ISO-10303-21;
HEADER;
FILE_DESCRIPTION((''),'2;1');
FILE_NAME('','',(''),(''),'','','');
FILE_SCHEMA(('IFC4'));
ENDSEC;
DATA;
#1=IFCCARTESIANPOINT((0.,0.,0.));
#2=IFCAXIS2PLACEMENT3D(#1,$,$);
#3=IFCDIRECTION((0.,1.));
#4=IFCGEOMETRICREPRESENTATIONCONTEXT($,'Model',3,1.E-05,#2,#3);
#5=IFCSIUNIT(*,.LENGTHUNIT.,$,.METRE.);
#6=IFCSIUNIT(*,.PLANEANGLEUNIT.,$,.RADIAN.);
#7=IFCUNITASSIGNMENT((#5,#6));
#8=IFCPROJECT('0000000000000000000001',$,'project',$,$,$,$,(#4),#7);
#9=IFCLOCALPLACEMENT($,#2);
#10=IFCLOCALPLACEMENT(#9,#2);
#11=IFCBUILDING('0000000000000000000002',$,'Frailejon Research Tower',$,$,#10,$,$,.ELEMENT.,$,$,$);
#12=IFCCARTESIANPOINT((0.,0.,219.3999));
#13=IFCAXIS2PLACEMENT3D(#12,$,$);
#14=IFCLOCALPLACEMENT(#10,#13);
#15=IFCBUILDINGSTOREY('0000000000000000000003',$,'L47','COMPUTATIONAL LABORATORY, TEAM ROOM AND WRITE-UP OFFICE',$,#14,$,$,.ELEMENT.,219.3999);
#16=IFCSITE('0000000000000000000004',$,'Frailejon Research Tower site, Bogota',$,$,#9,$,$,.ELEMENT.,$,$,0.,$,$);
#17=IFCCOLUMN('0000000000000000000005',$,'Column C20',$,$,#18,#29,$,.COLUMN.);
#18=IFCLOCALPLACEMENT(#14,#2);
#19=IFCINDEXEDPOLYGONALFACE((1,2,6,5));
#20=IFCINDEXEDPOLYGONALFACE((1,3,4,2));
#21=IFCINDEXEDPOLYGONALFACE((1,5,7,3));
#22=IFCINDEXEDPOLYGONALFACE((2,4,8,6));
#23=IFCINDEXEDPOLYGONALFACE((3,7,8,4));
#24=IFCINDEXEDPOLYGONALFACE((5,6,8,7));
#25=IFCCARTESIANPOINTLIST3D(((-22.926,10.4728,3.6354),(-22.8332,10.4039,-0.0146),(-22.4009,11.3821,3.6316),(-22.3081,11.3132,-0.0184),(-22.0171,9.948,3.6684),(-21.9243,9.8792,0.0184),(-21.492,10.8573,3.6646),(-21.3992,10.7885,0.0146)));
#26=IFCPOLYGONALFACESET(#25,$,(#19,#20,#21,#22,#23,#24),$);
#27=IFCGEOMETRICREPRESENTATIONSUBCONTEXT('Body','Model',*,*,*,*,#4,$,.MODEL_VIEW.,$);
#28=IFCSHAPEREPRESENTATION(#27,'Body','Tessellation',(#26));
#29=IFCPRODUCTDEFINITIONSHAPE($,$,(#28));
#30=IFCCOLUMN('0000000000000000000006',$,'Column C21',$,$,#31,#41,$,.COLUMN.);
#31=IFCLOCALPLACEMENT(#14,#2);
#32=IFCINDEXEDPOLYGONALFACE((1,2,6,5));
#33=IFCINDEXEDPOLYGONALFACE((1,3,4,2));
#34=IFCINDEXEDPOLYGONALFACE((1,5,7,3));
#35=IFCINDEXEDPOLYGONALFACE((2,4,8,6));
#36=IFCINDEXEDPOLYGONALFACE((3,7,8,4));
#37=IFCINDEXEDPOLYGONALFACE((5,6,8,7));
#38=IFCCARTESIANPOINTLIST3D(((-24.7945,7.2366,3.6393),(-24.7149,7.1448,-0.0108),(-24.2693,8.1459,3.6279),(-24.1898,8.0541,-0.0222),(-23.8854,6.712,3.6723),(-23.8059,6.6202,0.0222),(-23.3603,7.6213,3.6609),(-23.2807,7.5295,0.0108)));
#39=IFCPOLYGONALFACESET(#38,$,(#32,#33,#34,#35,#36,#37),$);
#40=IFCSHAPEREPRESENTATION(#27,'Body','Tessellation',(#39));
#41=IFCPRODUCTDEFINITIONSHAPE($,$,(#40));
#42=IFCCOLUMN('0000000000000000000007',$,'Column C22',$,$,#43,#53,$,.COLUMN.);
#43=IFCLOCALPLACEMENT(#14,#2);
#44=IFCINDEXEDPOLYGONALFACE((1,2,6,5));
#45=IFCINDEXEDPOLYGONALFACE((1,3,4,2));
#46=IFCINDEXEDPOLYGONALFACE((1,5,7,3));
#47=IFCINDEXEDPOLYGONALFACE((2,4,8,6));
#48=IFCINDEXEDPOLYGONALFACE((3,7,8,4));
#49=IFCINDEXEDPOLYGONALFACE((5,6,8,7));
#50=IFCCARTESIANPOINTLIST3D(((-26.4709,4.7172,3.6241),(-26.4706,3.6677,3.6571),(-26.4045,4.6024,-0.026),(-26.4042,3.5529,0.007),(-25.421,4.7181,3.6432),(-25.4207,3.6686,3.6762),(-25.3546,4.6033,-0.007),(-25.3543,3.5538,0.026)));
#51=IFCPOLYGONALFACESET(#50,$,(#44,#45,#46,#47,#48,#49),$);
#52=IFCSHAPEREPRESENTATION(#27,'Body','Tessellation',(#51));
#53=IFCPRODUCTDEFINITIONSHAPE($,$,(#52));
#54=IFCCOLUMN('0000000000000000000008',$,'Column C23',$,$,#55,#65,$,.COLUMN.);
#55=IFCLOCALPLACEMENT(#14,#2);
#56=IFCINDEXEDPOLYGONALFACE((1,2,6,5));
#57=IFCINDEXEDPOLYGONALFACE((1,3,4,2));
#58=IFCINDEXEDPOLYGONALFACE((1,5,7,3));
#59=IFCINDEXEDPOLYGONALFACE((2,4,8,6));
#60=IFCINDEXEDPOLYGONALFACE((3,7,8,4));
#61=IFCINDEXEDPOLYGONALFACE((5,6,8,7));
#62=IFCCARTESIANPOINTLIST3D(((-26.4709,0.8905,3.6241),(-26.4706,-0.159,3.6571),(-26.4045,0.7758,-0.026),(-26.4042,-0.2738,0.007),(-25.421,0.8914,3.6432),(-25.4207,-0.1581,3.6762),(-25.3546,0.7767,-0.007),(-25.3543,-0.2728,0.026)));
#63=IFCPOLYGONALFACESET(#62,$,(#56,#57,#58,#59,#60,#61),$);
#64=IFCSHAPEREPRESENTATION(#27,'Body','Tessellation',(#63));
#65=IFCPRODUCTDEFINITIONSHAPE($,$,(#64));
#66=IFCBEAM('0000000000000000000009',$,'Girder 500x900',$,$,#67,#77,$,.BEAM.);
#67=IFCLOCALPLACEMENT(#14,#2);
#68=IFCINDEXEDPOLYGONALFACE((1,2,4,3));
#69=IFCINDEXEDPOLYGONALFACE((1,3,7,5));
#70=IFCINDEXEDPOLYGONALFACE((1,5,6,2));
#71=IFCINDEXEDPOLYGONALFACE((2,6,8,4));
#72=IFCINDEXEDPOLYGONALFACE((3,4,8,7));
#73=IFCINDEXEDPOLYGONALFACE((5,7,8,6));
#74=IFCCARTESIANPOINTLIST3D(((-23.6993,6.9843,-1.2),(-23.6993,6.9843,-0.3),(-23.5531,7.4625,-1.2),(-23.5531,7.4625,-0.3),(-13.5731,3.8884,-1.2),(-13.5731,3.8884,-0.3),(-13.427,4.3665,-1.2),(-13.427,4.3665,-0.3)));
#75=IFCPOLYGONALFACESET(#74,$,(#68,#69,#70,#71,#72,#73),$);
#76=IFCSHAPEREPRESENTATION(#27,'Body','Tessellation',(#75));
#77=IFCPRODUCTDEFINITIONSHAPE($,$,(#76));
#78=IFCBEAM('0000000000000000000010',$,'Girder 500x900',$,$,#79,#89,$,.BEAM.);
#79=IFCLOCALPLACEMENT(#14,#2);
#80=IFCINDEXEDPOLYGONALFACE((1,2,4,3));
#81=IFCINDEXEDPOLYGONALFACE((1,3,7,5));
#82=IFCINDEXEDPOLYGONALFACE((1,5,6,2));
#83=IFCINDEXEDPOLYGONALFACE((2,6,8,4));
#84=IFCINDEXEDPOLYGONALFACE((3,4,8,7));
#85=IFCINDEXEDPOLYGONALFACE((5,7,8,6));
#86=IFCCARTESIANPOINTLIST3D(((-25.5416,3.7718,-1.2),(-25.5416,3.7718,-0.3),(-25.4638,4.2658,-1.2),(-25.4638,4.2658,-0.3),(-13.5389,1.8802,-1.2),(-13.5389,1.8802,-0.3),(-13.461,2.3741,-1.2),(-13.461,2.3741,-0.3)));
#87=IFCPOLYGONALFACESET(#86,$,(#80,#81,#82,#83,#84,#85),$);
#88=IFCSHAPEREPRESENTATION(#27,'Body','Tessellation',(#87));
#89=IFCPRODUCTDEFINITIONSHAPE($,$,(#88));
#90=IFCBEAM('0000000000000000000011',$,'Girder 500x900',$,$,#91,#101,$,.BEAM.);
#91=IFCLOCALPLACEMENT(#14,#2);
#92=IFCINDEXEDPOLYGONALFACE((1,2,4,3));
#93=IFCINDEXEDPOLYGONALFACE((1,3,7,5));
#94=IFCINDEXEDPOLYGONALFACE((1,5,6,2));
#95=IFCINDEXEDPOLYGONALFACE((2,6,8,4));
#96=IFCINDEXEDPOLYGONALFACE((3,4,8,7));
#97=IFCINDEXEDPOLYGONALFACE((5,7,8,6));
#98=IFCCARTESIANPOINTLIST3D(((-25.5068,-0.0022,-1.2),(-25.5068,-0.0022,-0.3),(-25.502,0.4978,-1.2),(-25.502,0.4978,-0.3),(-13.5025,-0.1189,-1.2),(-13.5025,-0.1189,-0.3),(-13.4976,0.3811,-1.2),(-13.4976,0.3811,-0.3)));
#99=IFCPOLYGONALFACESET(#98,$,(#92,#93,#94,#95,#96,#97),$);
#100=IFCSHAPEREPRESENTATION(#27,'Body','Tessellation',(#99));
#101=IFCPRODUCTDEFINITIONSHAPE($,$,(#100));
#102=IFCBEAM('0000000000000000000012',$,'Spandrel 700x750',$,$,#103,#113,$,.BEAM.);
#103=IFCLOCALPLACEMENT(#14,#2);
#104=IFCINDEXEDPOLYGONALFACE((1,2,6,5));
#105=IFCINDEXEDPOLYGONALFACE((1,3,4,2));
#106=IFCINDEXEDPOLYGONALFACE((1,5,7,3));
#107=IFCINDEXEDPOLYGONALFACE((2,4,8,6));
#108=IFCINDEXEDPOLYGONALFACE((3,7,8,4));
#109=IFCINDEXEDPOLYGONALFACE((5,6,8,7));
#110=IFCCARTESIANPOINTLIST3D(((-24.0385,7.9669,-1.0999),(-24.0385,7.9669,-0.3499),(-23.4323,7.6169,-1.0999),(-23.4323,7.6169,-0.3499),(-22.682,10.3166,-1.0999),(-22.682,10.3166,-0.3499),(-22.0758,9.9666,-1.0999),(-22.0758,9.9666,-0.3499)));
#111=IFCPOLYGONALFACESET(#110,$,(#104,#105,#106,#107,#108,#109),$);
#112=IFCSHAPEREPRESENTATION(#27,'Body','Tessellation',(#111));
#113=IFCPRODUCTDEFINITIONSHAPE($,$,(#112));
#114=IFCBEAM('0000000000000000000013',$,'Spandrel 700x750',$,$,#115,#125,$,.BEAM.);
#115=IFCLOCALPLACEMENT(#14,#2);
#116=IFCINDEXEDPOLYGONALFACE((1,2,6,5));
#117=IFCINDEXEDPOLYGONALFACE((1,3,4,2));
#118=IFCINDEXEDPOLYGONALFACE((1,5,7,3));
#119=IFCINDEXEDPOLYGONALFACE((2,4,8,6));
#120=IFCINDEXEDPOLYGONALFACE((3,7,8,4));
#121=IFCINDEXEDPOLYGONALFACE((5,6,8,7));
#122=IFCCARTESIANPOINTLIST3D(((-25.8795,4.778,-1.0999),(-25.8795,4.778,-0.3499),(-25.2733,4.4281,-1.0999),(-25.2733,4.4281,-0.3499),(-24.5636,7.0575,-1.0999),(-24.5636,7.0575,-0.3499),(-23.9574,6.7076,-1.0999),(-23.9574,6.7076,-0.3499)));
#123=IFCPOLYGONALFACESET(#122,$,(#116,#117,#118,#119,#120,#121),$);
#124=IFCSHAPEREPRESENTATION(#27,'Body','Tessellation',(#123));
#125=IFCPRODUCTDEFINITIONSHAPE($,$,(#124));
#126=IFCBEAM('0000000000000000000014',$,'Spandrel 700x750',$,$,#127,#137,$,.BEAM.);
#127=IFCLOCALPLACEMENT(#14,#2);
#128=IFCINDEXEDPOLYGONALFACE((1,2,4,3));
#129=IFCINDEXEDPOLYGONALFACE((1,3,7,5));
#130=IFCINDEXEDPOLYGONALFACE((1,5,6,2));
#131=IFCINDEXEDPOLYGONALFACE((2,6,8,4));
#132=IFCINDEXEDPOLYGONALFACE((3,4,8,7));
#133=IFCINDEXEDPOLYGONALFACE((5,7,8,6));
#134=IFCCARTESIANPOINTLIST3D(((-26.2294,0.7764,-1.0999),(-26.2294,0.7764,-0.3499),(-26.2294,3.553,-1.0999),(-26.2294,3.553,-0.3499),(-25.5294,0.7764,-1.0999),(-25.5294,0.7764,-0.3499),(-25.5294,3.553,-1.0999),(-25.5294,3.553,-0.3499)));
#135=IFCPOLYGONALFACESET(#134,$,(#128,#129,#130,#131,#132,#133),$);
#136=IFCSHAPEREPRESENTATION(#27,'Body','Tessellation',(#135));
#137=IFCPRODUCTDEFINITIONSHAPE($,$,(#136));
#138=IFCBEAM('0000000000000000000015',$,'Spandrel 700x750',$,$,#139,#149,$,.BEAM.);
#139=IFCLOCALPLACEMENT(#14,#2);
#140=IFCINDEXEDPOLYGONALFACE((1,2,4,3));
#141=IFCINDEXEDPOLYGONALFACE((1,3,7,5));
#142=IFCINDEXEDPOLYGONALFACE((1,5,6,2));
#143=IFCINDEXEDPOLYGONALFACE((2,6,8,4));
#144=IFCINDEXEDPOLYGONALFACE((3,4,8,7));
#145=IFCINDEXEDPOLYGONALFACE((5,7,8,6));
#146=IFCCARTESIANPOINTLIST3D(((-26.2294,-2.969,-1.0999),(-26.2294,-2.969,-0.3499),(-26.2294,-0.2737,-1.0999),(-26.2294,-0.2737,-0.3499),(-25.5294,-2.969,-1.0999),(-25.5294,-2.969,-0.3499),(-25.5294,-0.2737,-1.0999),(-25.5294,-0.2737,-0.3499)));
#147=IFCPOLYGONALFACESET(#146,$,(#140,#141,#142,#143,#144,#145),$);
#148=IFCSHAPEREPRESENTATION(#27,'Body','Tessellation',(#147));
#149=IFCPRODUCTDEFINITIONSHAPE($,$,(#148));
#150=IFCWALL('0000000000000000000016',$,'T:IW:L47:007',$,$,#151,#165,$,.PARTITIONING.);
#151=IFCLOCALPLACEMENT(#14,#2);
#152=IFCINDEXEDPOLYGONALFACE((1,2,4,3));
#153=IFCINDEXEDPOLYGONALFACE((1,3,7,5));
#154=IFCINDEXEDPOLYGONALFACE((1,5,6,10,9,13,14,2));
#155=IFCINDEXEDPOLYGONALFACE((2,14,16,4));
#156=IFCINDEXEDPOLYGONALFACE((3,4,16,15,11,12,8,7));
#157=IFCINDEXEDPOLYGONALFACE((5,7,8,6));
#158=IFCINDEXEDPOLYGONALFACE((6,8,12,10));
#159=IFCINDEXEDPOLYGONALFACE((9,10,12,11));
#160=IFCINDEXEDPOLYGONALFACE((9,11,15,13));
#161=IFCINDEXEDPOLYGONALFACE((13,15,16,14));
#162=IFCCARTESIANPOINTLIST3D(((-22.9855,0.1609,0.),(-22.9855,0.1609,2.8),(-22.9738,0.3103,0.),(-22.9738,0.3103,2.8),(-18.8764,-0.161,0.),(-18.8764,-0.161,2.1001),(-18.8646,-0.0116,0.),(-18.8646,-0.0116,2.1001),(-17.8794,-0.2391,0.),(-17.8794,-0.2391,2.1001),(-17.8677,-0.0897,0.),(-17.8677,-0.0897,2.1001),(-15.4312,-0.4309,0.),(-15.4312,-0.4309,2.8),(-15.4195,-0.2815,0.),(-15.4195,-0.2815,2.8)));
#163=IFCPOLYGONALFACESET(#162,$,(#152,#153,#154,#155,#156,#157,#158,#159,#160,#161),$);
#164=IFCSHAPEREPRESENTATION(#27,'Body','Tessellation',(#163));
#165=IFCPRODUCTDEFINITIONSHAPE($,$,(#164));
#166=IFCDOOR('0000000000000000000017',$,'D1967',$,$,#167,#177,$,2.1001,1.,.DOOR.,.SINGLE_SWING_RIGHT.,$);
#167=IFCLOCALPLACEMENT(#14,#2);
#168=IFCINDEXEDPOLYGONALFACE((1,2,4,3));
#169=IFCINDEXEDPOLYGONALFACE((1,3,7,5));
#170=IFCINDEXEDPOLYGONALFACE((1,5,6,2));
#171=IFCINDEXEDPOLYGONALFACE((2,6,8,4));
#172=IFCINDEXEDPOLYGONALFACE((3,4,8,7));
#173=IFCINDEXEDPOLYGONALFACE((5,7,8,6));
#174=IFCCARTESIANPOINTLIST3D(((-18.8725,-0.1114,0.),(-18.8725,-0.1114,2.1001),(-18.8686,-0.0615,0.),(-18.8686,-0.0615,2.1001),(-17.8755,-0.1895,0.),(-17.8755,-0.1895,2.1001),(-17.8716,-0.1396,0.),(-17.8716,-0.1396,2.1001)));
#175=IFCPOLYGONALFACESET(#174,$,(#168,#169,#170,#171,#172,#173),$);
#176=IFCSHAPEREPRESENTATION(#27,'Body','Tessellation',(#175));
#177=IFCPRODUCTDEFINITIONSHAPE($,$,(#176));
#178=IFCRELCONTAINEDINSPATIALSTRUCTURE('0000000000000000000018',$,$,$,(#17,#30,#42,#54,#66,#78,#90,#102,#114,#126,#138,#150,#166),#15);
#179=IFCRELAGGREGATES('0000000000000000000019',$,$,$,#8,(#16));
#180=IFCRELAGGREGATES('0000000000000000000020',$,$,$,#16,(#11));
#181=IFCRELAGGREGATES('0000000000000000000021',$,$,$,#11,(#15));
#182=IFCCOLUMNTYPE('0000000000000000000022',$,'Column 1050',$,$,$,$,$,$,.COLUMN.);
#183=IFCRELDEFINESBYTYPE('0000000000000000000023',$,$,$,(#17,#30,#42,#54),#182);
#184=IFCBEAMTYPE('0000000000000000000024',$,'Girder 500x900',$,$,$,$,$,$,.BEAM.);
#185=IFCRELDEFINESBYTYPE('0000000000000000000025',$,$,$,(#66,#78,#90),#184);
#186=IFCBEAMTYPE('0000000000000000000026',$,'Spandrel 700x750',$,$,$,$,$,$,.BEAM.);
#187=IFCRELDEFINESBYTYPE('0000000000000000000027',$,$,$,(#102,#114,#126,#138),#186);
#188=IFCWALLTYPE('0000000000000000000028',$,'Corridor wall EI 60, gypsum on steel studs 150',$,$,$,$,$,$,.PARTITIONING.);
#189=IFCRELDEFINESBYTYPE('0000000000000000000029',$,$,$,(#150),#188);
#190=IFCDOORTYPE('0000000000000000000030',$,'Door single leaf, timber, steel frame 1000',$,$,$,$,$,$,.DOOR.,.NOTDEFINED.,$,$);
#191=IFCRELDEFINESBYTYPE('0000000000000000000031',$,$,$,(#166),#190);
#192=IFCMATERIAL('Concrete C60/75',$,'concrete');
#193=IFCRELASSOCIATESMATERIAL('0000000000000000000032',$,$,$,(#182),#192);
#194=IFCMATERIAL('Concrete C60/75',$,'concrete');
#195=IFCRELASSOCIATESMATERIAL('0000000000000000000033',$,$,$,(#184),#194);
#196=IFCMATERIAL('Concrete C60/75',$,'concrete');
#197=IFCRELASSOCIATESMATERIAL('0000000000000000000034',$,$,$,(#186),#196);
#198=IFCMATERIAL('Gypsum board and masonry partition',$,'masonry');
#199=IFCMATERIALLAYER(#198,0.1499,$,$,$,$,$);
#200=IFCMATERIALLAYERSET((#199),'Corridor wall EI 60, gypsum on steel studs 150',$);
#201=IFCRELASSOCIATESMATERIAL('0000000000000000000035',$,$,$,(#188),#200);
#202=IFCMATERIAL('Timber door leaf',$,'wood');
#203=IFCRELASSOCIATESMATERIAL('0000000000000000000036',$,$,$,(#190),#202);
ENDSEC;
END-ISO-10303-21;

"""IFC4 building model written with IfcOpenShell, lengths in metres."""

from ifc_helpers import new_model, si_unit, direction, frame, frame_2d, origin, origin_2d, place, context, subcontext, project, spatial, rectangle, extrude, material, layer, layer_set, material_profile, profile_set, type_object, element, fill, save


model = new_model("IFC4")

# Units and contexts
model_context = context("Model", 3, precision=1e-05, world=origin(), true_north=direction((0.0, 1.0)))
body_context = subcontext(model_context, "Body", "Model", "MODEL_VIEW")
ifc_project = project(units=[si_unit("LENGTHUNIT", "METRE"), si_unit("PLANEANGLEUNIT", "RADIAN")], contexts=[model_context])

# Site, building, storey
site_placement = place(None, origin())
site = spatial("IfcSite", under=ifc_project, at=site_placement, Name="Frailejon Research Tower site, Bogota", CompositionType="ELEMENT", RefElevation=0.0)
building_placement = place(site_placement, origin())
building = spatial("IfcBuilding", under=site, at=building_placement, Name="Frailejon Research Tower", CompositionType="ELEMENT")
storey_placement = place(building_placement, frame((0.0, 0.0, 219.3999)))
storey = spatial("IfcBuildingStorey", under=building, at=storey_placement, Name="L47", Description="COMPUTATIONAL LABORATORY, TEAM ROOM AND WRITE-UP OFFICE", CompositionType="ELEMENT", Elevation=219.3999)

# Columns
ifc_material_1 = material(Name="Concrete C60/75", Category="concrete")
ifc_material_profile_1 = material_profile(ifc_material_1, rectangle(XDim=1.05, YDim=1.05, at=origin_2d()), Name="Column 1050")
ifc_profile_set_1 = profile_set([ifc_material_profile_1], Name="Concrete C60/75")
column_type = type_object("IfcColumnType", Name="Column 1050", PredefinedType="COLUMN", material=ifc_profile_set_1)
column_1_placement = place(storey_placement, frame((-22.1162, 10.5962, 0.0), z_axis=(-0.025404, 0.018852, 0.9995), x_axis=(-0.500084, -0.865969, 0.003623)))
element("IfcColumn", 1, at=column_1_placement, inside=storey, type_object=column_type, Name="Column C20", PredefinedType="COLUMN", context=body_context, shape_type="SweptSolid", body=[
    extrude(rectangle(XDim=1.05, YDim=1.05, at=origin_2d()), origin(), (0.0, 0.0, 1.0), 3.6519),
])
column_2_placement = place(storey_placement, frame((-23.9978, 7.3372, 0.0), z_axis=(-0.021792, 0.025135, 0.999447), x_axis=(-0.500092, -0.865904, 0.010872)))
element("IfcColumn", 2, at=column_2_placement, inside=storey, type_object=column_type, Name="Column C21", PredefinedType="COLUMN", context=body_context, shape_type="SweptSolid", body=[
    extrude(rectangle(XDim=1.05, YDim=1.05, at=origin_2d()), origin(), (0.0, 0.0, 1.0), 3.6521),
])
for number, where, z_axis, x_axis, name in (
    (3, (-25.8794, 4.0781, 0.0), (-0.018181, 0.031415, 0.999341), (0.000297, -0.999506, 0.031426), "Column C22"),
    (4, (-25.8794, 0.2515, 0.0), (-0.018181, 0.031415, 0.999341), (0.000297, -0.999506, 0.031426), "Column C23"),
):
    element("IfcColumn", number, at=place(storey_placement, frame(where, z_axis=z_axis, x_axis=x_axis)), inside=storey, type_object=column_type, Name=name, PredefinedType="COLUMN", context=body_context, shape_type="SweptSolid", body=[
        extrude(rectangle(XDim=1.05, YDim=1.05, at=origin_2d()), origin(), (0.0, 0.0, 1.0), 3.6526),
    ])

# Beams
ifc_material_2 = material(Name="Concrete C60/75", Category="concrete")
ifc_material_profile_2 = material_profile(ifc_material_2, rectangle(XDim=0.5, YDim=0.8999, at=origin_2d()), Name="Girder 500x900")
ifc_profile_set_2 = profile_set([ifc_material_profile_2], Name="Concrete C60/75")
beam_type_1 = type_object("IfcBeamType", Name="Girder 500x900", PredefinedType="BEAM", material=ifc_profile_set_2)
beam_1_placement = place(storey_placement, frame((-23.6262, 7.2234, -0.75), z_axis=(0.956303, -0.292376, 0.0), x_axis=(0.292376, 0.956303, 0.0)))
element("IfcBeam", 5, at=beam_1_placement, inside=storey, type_object=beam_type_1, Name="Girder 500x900", PredefinedType="BEAM", context=body_context, shape_type="SweptSolid", body=[
    extrude(rectangle(XDim=0.5, YDim=0.8999, at=origin_2d()), origin(), (0.0, 0.0, 1.0), 10.5889),
])
beam_2_placement = place(storey_placement, frame((-25.5027, 4.0188, -0.75), z_axis=(0.987808, -0.155677, 0.0), x_axis=(0.155677, 0.987808, 0.0)))
element("IfcBeam", 6, at=beam_2_placement, inside=storey, type_object=beam_type_1, Name="Girder 500x900", PredefinedType="BEAM", context=body_context, shape_type="SweptSolid", body=[
    extrude(rectangle(XDim=0.5, YDim=0.8999, at=origin_2d()), origin(), (0.0, 0.0, 1.0), 12.1509),
])
beam_3_placement = place(storey_placement, frame((-25.5044, 0.2478, -0.75), z_axis=(0.999953, -0.009721, 0.0), x_axis=(0.009721, 0.999953, 0.0)))
element("IfcBeam", 7, at=beam_3_placement, inside=storey, type_object=beam_type_1, Name="Girder 500x900", PredefinedType="BEAM", context=body_context, shape_type="SweptSolid", body=[
    extrude(rectangle(XDim=0.5, YDim=0.8999, at=origin_2d()), origin(), (0.0, 0.0, 1.0), 12.0049),
])
ifc_material_3 = material(Name="Concrete C60/75", Category="concrete")
ifc_material_profile_3 = material_profile(ifc_material_3, rectangle(XDim=0.7, YDim=0.75, at=origin_2d()), Name="Spandrel 700x750")
ifc_profile_set_3 = profile_set([ifc_material_profile_3], Name="Concrete C60/75")
beam_type_2 = type_object("IfcBeamType", Name="Spandrel 700x750", PredefinedType="BEAM", material=ifc_profile_set_3)
beam_4_placement = place(storey_placement, frame((-22.3789, 10.1416, -0.7249), z_axis=(-0.499972, -0.866042, 0.0), x_axis=(0.866042, -0.499972, 0.0)))
element("IfcBeam", 8, at=beam_4_placement, inside=storey, type_object=beam_type_2, Name="Spandrel 700x750", PredefinedType="BEAM", context=body_context, shape_type="SweptSolid", body=[
    extrude(rectangle(XDim=0.7, YDim=0.75, at=origin_2d()), origin(), (0.0, 0.0, 1.0), 2.7131),
])
beam_5_placement = place(storey_placement, frame((-24.2605, 6.8826, -0.7249), z_axis=(-0.49995, -0.866054, 0.0), x_axis=(0.866054, -0.49995, 0.0)))
element("IfcBeam", 9, at=beam_5_placement, inside=storey, type_object=beam_type_2, Name="Spandrel 700x750", PredefinedType="BEAM", context=body_context, shape_type="SweptSolid", body=[
    extrude(rectangle(XDim=0.7, YDim=0.75, at=origin_2d()), origin(), (0.0, 0.0, 1.0), 2.6321),
])
beam_6_placement = place(storey_placement, frame((-25.8794, 3.553, -0.7249), z_axis=(0.0, -1.0, 0.0), x_axis=(1.0, 0.0, 0.0)))
element("IfcBeam", 10, at=beam_6_placement, inside=storey, type_object=beam_type_2, Name="Spandrel 700x750", PredefinedType="BEAM", context=body_context, shape_type="SweptSolid", body=[
    extrude(rectangle(XDim=0.7, YDim=0.75, at=origin_2d()), origin(), (0.0, 0.0, 1.0), 2.7766),
])
beam_7_placement = place(storey_placement, frame((-25.8794, -0.2737, -0.7249), z_axis=(0.0, -1.0, 0.0), x_axis=(1.0, 0.0, 0.0)))
element("IfcBeam", 11, at=beam_7_placement, inside=storey, type_object=beam_type_2, Name="Spandrel 700x750", PredefinedType="BEAM", context=body_context, shape_type="SweptSolid", body=[
    extrude(rectangle(XDim=0.7, YDim=0.75, at=origin_2d()), origin(), (0.0, 0.0, 1.0), 2.6953),
])

# Wall, opening, door
ifc_material_4 = material(Name="Gypsum board and masonry partition", Category="masonry")
ifc_layer_1 = layer(ifc_material_4, 0.1499)
ifc_layer_set_1 = layer_set([ifc_layer_1], Name="Corridor wall EI 60, gypsum on steel studs 150")
wall_type_1 = type_object("IfcWallType", Name="Corridor wall EI 60, gypsum on steel studs 150", PredefinedType="PARTITIONING", material=ifc_layer_set_1)
wall_1_placement = place(storey_placement, frame((-22.9795, 0.2356, 0.0), z_axis=(0.0, 0.0, 1.0), x_axis=(0.996945, -0.078101, 0.0)))
wall_1 = element("IfcWall", 12, at=wall_1_placement, inside=storey, type_object=wall_type_1, Name="T:IW:L47:007", PredefinedType="PARTITIONING", context=body_context, shape_type="SweptSolid", body=[
    extrude(rectangle(XDim=7.5774, YDim=0.1499, at=frame_2d((3.7886, 0.0))), origin(), (0.0, 0.0, 1.0), 2.8),
])
opening_1_placement = place(wall_1_placement, frame((4.1216, 0.0, 0.0)))
opening_1 = element("IfcOpeningElement", 13, at=opening_1_placement, cuts=wall_1, PredefinedType="OPENING", context=body_context, shape_type="SweptSolid", body=[
    extrude(rectangle(XDim=1.0, YDim=2.1001, at=frame_2d((0.5, 1.05))), frame((0.0, 0.085, 0.0), z_axis=(0.0, -1.0, 0.0), x_axis=(1.0, 0.0, 0.0)), (0.0, 0.0, 1.0), 0.1699),
])
ifc_material_5 = material(Name="Timber door leaf", Category="wood")
door_type = type_object("IfcDoorType", Name="Door single leaf, timber, steel frame 1000", OperationType="NOTDEFINED", PredefinedType="DOOR", material=ifc_material_5)
door_placement = place(opening_1_placement, origin())
door = element("IfcDoor", 14, at=door_placement, inside=storey, type_object=door_type, Name="D1967", OperationType="SINGLE_SWING_RIGHT", OverallHeight=2.1001, OverallWidth=1.0, PredefinedType="DOOR", context=body_context, shape_type="SweptSolid", body=[
    extrude(rectangle(XDim=1.0, YDim=2.1001, at=frame_2d((0.5, 1.05))), frame((0.0, 0.0249, 0.0), z_axis=(0.0, -1.0, 0.0), x_axis=(1.0, 0.0, 0.0)), (0.0, 0.0, 1.0), 0.05),
])
fill(opening_1, door)

save(model, "model.ifc")
